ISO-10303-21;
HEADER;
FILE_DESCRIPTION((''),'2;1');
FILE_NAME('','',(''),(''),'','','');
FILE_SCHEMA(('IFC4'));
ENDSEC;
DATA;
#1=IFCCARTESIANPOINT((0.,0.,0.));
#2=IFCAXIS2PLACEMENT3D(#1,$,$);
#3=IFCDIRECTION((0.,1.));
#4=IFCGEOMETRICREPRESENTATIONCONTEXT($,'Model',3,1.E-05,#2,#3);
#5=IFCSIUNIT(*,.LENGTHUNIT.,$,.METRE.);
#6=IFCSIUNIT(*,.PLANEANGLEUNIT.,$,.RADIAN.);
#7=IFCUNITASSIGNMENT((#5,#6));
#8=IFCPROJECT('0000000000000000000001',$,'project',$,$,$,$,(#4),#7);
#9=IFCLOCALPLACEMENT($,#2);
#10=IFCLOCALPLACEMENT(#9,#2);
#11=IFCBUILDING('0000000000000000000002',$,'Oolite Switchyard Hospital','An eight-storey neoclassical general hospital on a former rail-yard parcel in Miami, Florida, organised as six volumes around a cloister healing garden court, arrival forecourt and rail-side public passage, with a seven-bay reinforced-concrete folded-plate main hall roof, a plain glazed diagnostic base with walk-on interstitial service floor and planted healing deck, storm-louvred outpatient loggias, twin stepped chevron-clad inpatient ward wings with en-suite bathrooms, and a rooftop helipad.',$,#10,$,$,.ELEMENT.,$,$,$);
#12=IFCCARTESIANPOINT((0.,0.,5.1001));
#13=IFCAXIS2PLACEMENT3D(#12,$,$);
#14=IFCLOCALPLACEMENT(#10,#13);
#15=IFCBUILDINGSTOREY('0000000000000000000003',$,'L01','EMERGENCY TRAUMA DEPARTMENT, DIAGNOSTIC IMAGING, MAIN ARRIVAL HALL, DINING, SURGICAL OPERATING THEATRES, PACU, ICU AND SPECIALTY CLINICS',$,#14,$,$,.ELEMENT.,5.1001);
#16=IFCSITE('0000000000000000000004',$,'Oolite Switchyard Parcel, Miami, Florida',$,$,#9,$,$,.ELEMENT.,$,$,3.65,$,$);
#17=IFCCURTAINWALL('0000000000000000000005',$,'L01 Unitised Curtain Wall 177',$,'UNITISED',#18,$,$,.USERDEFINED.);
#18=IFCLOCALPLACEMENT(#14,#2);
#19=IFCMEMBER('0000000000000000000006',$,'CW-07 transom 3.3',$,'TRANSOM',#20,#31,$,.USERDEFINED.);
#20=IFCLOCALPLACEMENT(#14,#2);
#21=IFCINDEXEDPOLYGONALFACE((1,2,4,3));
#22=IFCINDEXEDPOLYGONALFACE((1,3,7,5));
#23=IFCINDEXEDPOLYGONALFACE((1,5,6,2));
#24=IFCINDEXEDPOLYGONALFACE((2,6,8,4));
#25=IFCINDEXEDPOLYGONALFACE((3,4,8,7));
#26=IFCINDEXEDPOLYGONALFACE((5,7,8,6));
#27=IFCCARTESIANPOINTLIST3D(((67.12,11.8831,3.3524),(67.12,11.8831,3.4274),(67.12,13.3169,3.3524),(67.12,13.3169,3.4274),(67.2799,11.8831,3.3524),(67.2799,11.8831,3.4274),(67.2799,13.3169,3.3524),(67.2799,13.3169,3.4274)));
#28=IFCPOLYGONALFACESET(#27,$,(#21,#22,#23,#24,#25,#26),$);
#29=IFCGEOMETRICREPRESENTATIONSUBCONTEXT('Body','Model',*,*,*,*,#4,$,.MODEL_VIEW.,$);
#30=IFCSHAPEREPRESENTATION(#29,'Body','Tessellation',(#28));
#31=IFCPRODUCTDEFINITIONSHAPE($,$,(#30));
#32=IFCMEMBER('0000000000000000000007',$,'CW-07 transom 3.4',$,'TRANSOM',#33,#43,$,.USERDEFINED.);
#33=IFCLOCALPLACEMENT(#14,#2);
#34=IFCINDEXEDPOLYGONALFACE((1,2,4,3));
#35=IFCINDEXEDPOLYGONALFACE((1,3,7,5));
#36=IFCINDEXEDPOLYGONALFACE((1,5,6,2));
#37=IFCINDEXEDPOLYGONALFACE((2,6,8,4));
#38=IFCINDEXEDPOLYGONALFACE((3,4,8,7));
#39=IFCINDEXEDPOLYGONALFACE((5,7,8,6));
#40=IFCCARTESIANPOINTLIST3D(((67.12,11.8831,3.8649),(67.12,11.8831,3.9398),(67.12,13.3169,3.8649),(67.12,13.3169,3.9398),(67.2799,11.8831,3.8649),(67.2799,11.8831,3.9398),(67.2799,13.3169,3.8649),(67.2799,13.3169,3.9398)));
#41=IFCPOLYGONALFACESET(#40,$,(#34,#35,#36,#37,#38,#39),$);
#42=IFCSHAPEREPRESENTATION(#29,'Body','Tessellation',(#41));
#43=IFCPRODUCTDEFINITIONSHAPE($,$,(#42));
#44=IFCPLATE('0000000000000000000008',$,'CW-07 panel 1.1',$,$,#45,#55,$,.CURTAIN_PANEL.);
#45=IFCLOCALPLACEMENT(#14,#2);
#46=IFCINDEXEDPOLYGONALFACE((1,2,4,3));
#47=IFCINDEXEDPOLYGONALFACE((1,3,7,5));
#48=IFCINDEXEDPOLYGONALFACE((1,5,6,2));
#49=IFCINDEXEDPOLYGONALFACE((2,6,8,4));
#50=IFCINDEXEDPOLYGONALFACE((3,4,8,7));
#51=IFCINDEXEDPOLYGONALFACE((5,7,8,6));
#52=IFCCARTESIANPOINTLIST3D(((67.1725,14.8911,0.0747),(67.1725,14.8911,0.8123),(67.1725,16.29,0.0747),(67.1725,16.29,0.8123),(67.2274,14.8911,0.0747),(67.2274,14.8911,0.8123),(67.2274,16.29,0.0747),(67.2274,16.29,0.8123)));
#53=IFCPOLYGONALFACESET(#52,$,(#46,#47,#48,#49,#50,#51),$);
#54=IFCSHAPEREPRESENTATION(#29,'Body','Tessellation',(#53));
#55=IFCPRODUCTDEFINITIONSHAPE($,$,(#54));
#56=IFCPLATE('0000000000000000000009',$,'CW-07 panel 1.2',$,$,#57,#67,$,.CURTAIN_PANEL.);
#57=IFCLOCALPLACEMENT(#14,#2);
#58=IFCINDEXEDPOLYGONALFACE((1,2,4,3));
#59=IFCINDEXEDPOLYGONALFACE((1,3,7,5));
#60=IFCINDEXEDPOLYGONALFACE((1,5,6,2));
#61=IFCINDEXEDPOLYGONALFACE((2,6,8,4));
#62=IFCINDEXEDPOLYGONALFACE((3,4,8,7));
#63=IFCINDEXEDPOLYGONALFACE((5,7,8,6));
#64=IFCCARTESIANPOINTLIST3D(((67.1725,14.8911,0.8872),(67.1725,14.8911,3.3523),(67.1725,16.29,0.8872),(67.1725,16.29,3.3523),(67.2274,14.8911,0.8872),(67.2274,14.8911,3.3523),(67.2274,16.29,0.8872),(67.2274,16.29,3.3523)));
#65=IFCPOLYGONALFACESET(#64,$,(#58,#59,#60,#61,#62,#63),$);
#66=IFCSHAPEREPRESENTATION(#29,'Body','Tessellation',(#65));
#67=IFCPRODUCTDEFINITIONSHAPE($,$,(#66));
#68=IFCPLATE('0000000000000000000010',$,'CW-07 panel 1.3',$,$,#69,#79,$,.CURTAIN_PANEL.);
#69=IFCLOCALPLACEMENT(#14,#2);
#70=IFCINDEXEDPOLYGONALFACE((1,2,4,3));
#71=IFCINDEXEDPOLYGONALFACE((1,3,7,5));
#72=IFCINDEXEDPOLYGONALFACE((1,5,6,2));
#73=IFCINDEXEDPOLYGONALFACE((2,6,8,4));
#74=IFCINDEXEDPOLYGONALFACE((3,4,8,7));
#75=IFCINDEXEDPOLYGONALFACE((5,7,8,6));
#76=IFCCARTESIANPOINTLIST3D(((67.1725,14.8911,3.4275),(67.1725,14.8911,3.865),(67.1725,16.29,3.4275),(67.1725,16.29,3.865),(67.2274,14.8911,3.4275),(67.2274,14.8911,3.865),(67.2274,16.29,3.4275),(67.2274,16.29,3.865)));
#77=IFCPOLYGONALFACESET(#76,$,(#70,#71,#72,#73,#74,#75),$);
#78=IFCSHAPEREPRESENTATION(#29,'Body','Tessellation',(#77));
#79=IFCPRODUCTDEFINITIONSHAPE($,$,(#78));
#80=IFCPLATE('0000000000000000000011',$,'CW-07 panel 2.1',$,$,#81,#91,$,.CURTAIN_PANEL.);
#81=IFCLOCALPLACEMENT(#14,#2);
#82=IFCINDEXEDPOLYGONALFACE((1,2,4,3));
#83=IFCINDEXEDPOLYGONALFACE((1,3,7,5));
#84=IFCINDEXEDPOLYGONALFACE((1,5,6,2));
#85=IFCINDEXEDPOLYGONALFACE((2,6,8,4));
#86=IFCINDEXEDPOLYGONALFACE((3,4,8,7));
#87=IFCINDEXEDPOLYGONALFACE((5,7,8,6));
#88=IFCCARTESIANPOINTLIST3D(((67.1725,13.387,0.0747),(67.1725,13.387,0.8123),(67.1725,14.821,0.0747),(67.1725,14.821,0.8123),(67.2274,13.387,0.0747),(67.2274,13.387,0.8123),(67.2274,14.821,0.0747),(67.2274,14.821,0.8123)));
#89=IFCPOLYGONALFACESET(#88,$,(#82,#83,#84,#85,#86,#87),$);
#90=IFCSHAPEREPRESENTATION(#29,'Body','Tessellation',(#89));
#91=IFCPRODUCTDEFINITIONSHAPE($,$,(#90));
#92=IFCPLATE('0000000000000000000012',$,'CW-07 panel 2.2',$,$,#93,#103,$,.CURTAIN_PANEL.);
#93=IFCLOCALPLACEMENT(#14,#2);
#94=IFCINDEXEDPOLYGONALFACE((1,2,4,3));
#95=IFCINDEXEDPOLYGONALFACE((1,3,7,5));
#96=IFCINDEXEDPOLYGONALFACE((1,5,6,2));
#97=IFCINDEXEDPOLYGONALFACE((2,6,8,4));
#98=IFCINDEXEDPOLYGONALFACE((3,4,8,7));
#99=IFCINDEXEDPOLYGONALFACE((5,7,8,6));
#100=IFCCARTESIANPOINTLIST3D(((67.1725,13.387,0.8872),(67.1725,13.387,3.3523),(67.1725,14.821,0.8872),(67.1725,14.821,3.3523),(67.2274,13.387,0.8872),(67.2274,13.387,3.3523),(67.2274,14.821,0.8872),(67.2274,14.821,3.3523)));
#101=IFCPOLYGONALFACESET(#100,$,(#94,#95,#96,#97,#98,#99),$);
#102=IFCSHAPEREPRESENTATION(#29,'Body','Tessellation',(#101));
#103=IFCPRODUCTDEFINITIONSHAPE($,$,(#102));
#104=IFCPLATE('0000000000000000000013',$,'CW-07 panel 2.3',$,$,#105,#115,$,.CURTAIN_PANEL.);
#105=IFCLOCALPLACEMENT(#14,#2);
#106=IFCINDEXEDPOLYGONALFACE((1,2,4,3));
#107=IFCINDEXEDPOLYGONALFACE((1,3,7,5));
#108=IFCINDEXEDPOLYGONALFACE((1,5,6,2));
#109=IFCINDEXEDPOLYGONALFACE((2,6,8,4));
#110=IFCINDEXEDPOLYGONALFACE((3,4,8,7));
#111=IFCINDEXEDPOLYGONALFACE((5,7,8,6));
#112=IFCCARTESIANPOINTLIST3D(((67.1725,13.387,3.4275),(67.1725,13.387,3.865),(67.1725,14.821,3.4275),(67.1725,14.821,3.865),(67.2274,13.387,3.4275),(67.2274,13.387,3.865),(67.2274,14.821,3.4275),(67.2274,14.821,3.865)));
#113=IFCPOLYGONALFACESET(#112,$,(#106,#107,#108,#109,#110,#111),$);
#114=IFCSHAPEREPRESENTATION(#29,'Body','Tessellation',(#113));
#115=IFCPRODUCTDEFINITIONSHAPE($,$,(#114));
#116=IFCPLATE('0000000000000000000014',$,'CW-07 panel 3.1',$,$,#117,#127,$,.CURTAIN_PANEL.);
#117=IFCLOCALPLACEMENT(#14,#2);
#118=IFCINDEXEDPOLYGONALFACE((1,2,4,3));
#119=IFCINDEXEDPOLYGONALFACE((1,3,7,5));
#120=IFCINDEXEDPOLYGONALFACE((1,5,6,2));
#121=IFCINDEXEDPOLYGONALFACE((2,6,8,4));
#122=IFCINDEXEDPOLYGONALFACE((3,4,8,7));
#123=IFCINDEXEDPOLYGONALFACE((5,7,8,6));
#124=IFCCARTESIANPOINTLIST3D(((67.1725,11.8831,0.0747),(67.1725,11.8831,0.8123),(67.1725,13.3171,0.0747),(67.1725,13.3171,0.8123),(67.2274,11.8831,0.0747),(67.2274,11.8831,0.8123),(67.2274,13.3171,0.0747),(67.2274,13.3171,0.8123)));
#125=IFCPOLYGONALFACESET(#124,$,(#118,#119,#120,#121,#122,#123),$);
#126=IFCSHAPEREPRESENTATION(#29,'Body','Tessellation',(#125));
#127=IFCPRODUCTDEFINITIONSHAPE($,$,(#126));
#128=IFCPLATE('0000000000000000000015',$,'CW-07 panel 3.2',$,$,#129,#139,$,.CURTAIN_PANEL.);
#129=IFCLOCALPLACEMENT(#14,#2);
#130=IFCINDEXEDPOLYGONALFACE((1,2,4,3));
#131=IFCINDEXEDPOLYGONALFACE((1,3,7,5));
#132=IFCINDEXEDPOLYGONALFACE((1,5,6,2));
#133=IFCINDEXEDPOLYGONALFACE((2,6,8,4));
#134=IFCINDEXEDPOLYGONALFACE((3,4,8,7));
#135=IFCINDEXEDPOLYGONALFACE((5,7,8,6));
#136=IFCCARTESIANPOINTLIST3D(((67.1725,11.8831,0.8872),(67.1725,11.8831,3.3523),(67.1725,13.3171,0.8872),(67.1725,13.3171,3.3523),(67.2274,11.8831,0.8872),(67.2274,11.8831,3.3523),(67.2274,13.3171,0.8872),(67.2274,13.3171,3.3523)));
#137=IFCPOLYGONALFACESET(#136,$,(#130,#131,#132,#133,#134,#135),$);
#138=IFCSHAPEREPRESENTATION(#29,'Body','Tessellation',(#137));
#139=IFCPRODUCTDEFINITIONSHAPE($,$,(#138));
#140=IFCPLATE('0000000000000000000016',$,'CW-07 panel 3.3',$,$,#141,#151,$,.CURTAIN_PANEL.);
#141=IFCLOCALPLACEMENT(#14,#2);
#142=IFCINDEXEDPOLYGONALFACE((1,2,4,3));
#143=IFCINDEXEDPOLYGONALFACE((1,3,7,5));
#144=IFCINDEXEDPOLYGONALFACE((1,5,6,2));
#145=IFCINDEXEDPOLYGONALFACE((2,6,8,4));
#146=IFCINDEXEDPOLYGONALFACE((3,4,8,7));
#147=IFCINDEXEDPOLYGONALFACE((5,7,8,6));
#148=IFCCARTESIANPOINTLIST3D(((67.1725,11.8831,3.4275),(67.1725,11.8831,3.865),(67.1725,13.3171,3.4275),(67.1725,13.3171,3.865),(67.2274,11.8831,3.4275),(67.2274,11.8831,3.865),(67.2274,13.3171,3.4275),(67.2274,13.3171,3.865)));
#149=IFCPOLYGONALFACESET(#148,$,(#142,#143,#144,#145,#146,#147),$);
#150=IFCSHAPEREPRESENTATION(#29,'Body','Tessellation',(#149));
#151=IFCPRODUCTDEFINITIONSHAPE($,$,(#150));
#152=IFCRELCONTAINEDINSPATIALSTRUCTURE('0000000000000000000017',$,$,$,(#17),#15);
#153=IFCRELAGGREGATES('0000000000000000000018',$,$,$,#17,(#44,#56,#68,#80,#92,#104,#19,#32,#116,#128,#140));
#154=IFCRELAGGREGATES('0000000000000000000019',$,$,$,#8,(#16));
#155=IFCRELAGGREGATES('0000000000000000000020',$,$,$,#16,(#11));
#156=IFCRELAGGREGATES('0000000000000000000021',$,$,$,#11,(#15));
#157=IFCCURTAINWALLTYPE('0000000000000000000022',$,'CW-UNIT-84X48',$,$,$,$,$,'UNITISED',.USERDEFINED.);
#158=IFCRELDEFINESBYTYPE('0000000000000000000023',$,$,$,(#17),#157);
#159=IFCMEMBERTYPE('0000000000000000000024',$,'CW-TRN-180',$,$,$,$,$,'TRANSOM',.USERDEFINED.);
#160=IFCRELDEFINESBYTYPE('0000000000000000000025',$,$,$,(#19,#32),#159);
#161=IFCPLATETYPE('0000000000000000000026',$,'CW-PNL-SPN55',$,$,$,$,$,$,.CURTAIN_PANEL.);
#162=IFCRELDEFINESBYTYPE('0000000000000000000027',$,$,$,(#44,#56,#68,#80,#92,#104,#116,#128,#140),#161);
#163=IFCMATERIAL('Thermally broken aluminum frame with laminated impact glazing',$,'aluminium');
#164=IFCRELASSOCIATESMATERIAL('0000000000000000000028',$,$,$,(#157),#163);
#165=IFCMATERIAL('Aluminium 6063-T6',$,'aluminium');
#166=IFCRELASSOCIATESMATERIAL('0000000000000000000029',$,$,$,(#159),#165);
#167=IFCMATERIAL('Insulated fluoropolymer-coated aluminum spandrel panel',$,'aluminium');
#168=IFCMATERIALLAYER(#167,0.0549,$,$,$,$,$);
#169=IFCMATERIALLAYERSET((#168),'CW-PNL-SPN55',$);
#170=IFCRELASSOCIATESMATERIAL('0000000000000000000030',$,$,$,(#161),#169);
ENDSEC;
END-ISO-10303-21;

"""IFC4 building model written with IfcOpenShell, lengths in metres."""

from ifc_helpers import new_model, si_unit, direction, frame, origin, origin_2d, place, context, subcontext, project, spatial, rectangle, extrude, material, layer, layer_set, material_profile, profile_set, type_object, element, aggregate, save


model = new_model("IFC4")

# Units and contexts
model_context = context("Model", 3, precision=1e-05, world=origin(), true_north=direction((0.0, 1.0)))
body_context = subcontext(model_context, "Body", "Model", "MODEL_VIEW")
ifc_project = project(units=[si_unit("LENGTHUNIT", "METRE"), si_unit("PLANEANGLEUNIT", "RADIAN")], contexts=[model_context])

# Site, building, storey
site_placement = place(None, origin())
site = spatial("IfcSite", under=ifc_project, at=site_placement, Name="Oolite Switchyard Parcel, Miami, Florida", CompositionType="ELEMENT", RefElevation=3.65)
building_placement = place(site_placement, origin())
building = spatial("IfcBuilding", under=site, at=building_placement, Name="Oolite Switchyard Hospital", Description="An eight-storey neoclassical general hospital on a former rail-yard parcel in Miami, Florida, organised as six volumes around a cloister healing garden court, arrival forecourt and rail-side public passage, with a seven-bay reinforced-concrete folded-plate main hall roof, a plain glazed diagnostic base with walk-on interstitial service floor and planted healing deck, storm-louvred outpatient loggias, twin stepped chevron-clad inpatient ward wings with en-suite bathrooms, and a rooftop helipad.", CompositionType="ELEMENT")
storey_placement = place(building_placement, frame((0.0, 0.0, 5.1001)))
storey = spatial("IfcBuildingStorey", under=building, at=storey_placement, Name="L01", Description="EMERGENCY TRAUMA DEPARTMENT, DIAGNOSTIC IMAGING, MAIN ARRIVAL HALL, DINING, SURGICAL OPERATING THEATRES, PACU, ICU AND SPECIALTY CLINICS", CompositionType="ELEMENT", Elevation=5.1001)

# Curtain wall, members, plates
ifc_material_1 = material(Name="Thermally broken aluminum frame with laminated impact glazing", Category="aluminium")
curtain_wall_type = type_object("IfcCurtainWallType", Name="CW-UNIT-84X48", ElementType="UNITISED", PredefinedType="USERDEFINED", material=ifc_material_1)
curtain_wall_placement = place(storey_placement, origin())
curtain_wall = element("IfcCurtainWall", 1, at=curtain_wall_placement, inside=storey, type_object=curtain_wall_type, Name="L01 Unitised Curtain Wall 177", ObjectType="UNITISED", PredefinedType="USERDEFINED")
ifc_material_2 = material(Name="Aluminium 6063-T6", Category="aluminium")
ifc_material_profile_1 = material_profile(ifc_material_2, rectangle(XDim=0.1599, YDim=0.075, at=origin_2d()), Name="CWT75X160")
ifc_profile_set_1 = profile_set([ifc_material_profile_1], Name="Aluminium 6063-T6")
member_type_1 = type_object("IfcMemberType", Name="CW-TRN-180", ElementType="TRANSOM", PredefinedType="USERDEFINED", material=ifc_profile_set_1)
member_1_placement = place(storey_placement, frame((67.2, 13.3169, 3.3899), z_axis=(0.0, -1.0, 0.0), x_axis=(1.0, 0.0, 0.0)))
member_1 = element("IfcMember", 2, at=member_1_placement, type_object=member_type_1, Name="CW-07 transom 3.3", ObjectType="TRANSOM", PredefinedType="USERDEFINED", context=body_context, shape_type="SweptSolid", body=[
    extrude(rectangle(XDim=0.1599, YDim=0.075, at=origin_2d()), origin(), (0.0, 0.0, 1.0), 1.4338),
])
member_2_placement = place(storey_placement, frame((67.2, 13.3169, 3.9023), z_axis=(0.0, -1.0, 0.0), x_axis=(1.0, 0.0, 0.0)))
member_2 = element("IfcMember", 3, at=member_2_placement, type_object=member_type_1, Name="CW-07 transom 3.4", ObjectType="TRANSOM", PredefinedType="USERDEFINED", context=body_context, shape_type="SweptSolid", body=[
    extrude(rectangle(XDim=0.1599, YDim=0.075, at=origin_2d()), origin(), (0.0, 0.0, 1.0), 1.4338),
])
ifc_material_3 = material(Name="Insulated fluoropolymer-coated aluminum spandrel panel", Category="aluminium")
ifc_layer = layer(ifc_material_3, 0.0549)
ifc_layer_set = layer_set([ifc_layer], Name="CW-PNL-SPN55")
plate_type = type_object("IfcPlateType", Name="CW-PNL-SPN55", PredefinedType="CURTAIN_PANEL", material=ifc_layer_set)
plate_1_placement = place(storey_placement, frame((67.2, 15.5906, 0.0747), z_axis=(0.0, 0.0, 1.0), x_axis=(0.0, -1.0, 0.0)))
plate_1 = element("IfcPlate", 4, at=plate_1_placement, type_object=plate_type, Name="CW-07 panel 1.1", PredefinedType="CURTAIN_PANEL", context=body_context, shape_type="SweptSolid", body=[
    extrude(rectangle(XDim=1.3989, YDim=0.0549, at=origin_2d()), origin(), (0.0, 0.0, 1.0), 0.7375),
])
plate_2_placement = place(storey_placement, frame((67.2, 15.5906, 0.8872), z_axis=(0.0, 0.0, 1.0), x_axis=(0.0, -1.0, 0.0)))
plate_2 = element("IfcPlate", 5, at=plate_2_placement, type_object=plate_type, Name="CW-07 panel 1.2", PredefinedType="CURTAIN_PANEL", context=body_context, shape_type="SweptSolid", body=[
    extrude(rectangle(XDim=1.3989, YDim=0.0549, at=origin_2d()), origin(), (0.0, 0.0, 1.0), 2.4651),
])
plate_3_placement = place(storey_placement, frame((67.2, 15.5906, 3.4275), z_axis=(0.0, 0.0, 1.0), x_axis=(0.0, -1.0, 0.0)))
plate_3 = element("IfcPlate", 6, at=plate_3_placement, type_object=plate_type, Name="CW-07 panel 1.3", PredefinedType="CURTAIN_PANEL", context=body_context, shape_type="SweptSolid", body=[
    extrude(rectangle(XDim=1.3989, YDim=0.0549, at=origin_2d()), origin(), (0.0, 0.0, 1.0), 0.4375),
])
plate_4_placement = place(storey_placement, frame((67.2, 14.104, 0.0747), z_axis=(0.0, 0.0, 1.0), x_axis=(0.0, -1.0, 0.0)))
plate_4 = element("IfcPlate", 7, at=plate_4_placement, type_object=plate_type, Name="CW-07 panel 2.1", PredefinedType="CURTAIN_PANEL", context=body_context, shape_type="SweptSolid", body=[
    extrude(rectangle(XDim=1.4341, YDim=0.0549, at=origin_2d()), origin(), (0.0, 0.0, 1.0), 0.7375),
])
plate_5_placement = place(storey_placement, frame((67.2, 14.104, 0.8872), z_axis=(0.0, 0.0, 1.0), x_axis=(0.0, -1.0, 0.0)))
plate_5 = element("IfcPlate", 8, at=plate_5_placement, type_object=plate_type, Name="CW-07 panel 2.2", PredefinedType="CURTAIN_PANEL", context=body_context, shape_type="SweptSolid", body=[
    extrude(rectangle(XDim=1.4341, YDim=0.0549, at=origin_2d()), origin(), (0.0, 0.0, 1.0), 2.4651),
])
plate_6_placement = place(storey_placement, frame((67.2, 14.104, 3.4275), z_axis=(0.0, 0.0, 1.0), x_axis=(0.0, -1.0, 0.0)))
plate_6 = element("IfcPlate", 9, at=plate_6_placement, type_object=plate_type, Name="CW-07 panel 2.3", PredefinedType="CURTAIN_PANEL", context=body_context, shape_type="SweptSolid", body=[
    extrude(rectangle(XDim=1.4341, YDim=0.0549, at=origin_2d()), origin(), (0.0, 0.0, 1.0), 0.4375),
])
plate_7_placement = place(storey_placement, frame((67.2, 12.6001, 0.0747), z_axis=(0.0, 0.0, 1.0), x_axis=(0.0, -1.0, 0.0)))
plate_7 = element("IfcPlate", 10, at=plate_7_placement, type_object=plate_type, Name="CW-07 panel 3.1", PredefinedType="CURTAIN_PANEL", context=body_context, shape_type="SweptSolid", body=[
    extrude(rectangle(XDim=1.4341, YDim=0.0549, at=origin_2d()), origin(), (0.0, 0.0, 1.0), 0.7375),
])
plate_8_placement = place(storey_placement, frame((67.2, 12.6001, 0.8872), z_axis=(0.0, 0.0, 1.0), x_axis=(0.0, -1.0, 0.0)))
plate_8 = element("IfcPlate", 11, at=plate_8_placement, type_object=plate_type, Name="CW-07 panel 3.2", PredefinedType="CURTAIN_PANEL", context=body_context, shape_type="SweptSolid", body=[
    extrude(rectangle(XDim=1.4341, YDim=0.0549, at=origin_2d()), origin(), (0.0, 0.0, 1.0), 2.4651),
])
plate_9_placement = place(storey_placement, frame((67.2, 12.6001, 3.4275), z_axis=(0.0, 0.0, 1.0), x_axis=(0.0, -1.0, 0.0)))
plate_9 = element("IfcPlate", 12, at=plate_9_placement, type_object=plate_type, Name="CW-07 panel 3.3", PredefinedType="CURTAIN_PANEL", context=body_context, shape_type="SweptSolid", body=[
    extrude(rectangle(XDim=1.4341, YDim=0.0549, at=origin_2d()), origin(), (0.0, 0.0, 1.0), 0.4375),
])
aggregate(curtain_wall, [plate_1, plate_2, plate_3, plate_4, plate_5, plate_6, member_1, member_2, plate_7, plate_8, plate_9])

save(model, "model.ifc")
